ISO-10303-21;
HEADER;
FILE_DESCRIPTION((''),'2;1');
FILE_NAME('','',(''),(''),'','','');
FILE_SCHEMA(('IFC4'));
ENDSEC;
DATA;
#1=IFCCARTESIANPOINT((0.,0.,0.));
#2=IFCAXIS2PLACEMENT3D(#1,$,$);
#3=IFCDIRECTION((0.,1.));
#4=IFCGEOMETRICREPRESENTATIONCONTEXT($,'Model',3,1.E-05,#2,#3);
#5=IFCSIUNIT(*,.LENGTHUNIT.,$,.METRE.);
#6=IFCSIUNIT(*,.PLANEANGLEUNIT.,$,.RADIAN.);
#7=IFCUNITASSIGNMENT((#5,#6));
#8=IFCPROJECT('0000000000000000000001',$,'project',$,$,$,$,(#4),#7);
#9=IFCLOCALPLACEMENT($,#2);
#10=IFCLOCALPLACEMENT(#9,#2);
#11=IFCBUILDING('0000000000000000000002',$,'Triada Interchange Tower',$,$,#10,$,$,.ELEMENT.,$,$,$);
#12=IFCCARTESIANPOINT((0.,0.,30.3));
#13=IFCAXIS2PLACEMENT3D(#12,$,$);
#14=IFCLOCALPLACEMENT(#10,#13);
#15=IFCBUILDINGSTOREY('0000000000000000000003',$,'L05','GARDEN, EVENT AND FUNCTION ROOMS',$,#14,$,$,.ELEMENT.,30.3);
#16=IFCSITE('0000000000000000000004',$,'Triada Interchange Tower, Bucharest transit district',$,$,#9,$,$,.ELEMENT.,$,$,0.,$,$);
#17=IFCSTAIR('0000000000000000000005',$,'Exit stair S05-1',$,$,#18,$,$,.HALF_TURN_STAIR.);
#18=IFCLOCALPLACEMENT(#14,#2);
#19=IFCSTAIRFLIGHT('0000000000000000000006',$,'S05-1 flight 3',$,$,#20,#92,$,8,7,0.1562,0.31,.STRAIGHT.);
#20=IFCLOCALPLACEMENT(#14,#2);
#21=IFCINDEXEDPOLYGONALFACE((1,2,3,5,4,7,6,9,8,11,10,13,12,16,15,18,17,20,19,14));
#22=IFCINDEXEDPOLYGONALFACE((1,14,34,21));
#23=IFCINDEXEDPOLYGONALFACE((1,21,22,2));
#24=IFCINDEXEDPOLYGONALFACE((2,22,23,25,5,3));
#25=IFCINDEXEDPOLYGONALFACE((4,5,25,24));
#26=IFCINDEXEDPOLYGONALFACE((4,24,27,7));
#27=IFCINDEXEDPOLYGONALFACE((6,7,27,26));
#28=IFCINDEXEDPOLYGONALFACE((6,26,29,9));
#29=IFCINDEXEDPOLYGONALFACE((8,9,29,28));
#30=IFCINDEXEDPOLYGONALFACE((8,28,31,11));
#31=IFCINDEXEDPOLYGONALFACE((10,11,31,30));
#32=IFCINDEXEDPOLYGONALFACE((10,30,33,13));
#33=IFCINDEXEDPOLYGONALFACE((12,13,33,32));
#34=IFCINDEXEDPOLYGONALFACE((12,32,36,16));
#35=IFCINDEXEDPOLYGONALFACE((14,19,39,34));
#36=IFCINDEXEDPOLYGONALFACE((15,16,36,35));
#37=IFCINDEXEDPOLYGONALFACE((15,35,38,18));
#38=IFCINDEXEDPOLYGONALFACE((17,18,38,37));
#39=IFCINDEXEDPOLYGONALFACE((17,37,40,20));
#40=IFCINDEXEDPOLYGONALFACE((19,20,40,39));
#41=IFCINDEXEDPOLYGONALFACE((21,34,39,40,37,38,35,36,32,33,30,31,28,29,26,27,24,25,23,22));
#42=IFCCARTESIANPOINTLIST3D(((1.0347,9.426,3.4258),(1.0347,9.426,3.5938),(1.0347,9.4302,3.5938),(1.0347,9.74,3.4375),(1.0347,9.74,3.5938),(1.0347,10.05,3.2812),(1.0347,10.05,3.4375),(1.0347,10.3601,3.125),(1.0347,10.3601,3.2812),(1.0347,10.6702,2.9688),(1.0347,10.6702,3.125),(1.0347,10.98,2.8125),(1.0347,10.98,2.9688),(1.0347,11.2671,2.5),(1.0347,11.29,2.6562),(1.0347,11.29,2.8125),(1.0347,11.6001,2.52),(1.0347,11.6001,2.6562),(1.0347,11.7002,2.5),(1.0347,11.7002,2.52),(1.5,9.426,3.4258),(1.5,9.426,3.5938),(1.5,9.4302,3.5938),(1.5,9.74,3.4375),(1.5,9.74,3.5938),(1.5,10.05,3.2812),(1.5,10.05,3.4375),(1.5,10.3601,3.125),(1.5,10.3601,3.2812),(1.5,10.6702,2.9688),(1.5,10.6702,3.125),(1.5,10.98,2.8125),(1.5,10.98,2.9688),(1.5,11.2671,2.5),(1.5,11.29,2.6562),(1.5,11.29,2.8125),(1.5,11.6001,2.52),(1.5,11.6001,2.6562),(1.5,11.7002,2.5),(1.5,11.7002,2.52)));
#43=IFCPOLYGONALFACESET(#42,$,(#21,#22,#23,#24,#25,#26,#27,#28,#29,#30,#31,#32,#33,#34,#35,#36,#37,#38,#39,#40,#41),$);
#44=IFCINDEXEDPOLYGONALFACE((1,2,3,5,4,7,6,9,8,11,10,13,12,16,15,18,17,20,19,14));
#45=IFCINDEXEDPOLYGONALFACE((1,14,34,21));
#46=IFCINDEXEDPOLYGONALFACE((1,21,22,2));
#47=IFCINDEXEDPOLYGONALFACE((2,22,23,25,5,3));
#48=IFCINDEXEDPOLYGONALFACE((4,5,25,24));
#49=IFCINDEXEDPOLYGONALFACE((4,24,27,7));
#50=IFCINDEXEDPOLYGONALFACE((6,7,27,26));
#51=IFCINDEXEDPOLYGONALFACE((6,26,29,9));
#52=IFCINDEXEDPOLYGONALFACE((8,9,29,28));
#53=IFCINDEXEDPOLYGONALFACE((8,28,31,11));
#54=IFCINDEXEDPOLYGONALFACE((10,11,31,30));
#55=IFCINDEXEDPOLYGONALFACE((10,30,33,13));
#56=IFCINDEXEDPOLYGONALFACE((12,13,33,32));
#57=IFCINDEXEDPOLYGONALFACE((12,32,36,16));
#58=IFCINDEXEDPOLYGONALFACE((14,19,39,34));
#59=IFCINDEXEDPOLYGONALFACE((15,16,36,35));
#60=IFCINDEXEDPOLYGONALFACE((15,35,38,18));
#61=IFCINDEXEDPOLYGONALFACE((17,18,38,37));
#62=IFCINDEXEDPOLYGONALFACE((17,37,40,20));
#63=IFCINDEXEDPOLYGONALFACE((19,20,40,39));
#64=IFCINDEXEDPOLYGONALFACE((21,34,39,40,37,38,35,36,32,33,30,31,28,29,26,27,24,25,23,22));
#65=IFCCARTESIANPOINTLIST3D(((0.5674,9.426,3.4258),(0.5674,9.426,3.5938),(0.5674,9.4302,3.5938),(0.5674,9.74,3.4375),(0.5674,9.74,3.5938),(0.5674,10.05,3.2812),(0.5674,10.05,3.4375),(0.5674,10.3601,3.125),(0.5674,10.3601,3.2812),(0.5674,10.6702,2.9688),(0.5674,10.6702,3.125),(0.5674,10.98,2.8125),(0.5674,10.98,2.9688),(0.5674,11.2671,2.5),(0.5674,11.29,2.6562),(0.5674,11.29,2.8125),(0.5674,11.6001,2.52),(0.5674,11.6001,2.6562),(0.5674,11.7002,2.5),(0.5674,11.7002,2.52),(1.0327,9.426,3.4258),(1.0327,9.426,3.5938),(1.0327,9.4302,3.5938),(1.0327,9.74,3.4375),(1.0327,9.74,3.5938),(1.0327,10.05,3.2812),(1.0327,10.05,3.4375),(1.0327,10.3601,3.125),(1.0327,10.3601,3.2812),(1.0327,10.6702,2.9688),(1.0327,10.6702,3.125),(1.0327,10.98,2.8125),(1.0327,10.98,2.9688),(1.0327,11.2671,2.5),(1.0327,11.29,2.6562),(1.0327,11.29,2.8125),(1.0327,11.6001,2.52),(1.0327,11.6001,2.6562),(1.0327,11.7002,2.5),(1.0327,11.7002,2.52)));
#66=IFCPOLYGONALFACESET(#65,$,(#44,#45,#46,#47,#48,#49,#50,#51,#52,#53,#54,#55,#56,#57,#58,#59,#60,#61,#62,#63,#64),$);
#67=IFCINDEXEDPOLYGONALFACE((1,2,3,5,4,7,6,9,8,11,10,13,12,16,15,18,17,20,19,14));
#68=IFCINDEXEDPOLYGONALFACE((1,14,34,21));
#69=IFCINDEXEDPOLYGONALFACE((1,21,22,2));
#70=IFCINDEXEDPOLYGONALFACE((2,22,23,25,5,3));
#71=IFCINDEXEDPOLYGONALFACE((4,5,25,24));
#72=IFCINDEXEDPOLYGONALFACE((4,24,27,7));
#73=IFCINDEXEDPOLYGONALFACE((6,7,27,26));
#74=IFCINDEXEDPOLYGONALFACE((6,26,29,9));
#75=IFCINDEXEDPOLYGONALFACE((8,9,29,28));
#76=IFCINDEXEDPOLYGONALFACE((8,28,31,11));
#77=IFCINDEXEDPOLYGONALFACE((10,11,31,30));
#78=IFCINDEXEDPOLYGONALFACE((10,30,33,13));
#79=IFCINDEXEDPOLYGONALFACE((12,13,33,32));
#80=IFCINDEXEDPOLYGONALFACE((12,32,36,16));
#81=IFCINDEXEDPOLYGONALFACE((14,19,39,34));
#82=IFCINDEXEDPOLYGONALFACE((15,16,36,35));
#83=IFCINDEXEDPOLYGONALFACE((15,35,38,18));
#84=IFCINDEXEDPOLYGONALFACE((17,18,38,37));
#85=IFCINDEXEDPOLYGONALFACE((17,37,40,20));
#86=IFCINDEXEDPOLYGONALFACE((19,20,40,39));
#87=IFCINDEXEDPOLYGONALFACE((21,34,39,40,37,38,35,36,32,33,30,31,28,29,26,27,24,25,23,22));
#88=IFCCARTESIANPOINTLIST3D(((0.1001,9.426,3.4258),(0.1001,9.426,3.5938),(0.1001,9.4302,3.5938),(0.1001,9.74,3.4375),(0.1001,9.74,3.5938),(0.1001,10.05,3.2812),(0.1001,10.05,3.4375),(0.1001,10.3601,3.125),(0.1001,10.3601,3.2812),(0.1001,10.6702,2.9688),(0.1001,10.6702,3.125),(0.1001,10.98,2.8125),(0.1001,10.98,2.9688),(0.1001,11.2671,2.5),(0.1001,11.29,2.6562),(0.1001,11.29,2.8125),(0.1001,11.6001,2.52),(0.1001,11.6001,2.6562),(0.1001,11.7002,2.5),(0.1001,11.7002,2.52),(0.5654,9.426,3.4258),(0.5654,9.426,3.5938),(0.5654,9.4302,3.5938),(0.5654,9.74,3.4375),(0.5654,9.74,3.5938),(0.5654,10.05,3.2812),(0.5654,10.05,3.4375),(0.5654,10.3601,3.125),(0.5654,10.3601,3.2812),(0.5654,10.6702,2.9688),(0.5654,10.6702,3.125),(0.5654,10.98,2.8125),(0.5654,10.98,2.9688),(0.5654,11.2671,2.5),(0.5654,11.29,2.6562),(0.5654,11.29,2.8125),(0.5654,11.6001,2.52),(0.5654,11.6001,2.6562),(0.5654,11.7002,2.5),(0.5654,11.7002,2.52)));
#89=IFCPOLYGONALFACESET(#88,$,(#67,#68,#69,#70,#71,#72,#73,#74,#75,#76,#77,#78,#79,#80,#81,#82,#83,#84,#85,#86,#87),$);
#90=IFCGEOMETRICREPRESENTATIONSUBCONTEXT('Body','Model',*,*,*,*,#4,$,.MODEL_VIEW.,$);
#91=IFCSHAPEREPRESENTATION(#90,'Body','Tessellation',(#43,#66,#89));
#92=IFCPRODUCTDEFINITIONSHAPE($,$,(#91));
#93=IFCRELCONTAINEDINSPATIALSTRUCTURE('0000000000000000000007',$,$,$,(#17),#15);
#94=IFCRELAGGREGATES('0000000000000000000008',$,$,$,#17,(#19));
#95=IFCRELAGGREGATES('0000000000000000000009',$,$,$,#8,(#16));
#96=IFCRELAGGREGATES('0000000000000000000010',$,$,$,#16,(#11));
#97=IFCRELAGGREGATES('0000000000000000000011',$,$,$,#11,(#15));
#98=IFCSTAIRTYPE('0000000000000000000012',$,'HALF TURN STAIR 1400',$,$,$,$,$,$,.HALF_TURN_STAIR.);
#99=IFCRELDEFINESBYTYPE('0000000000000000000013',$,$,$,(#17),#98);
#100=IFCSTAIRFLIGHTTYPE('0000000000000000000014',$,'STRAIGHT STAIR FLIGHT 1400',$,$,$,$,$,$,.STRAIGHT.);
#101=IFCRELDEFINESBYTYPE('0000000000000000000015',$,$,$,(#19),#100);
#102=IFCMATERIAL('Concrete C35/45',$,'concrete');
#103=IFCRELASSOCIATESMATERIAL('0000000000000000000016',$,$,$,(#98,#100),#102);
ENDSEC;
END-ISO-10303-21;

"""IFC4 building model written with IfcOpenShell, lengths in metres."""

from ifc_helpers import new_model, si_unit, direction, frame, origin, place, context, subcontext, project, spatial, polyline, outline, extrude, material, type_object, element, aggregate, save


model = new_model("IFC4")

# Units and contexts
model_context = context("Model", 3, precision=1e-05, world=origin(), true_north=direction((0.0, 1.0)))
body_context = subcontext(model_context, "Body", "Model", "MODEL_VIEW")
ifc_project = project(units=[si_unit("LENGTHUNIT", "METRE"), si_unit("PLANEANGLEUNIT", "RADIAN")], contexts=[model_context])

# Site, building, storey
site_placement = place(None, origin())
site = spatial("IfcSite", under=ifc_project, at=site_placement, Name="Triada Interchange Tower, Bucharest transit district", CompositionType="ELEMENT", RefElevation=0.0)
building_placement = place(site_placement, origin())
building = spatial("IfcBuilding", under=site, at=building_placement, Name="Triada Interchange Tower", CompositionType="ELEMENT")
storey_placement = place(building_placement, frame((0.0, 0.0, 30.3)))
storey = spatial("IfcBuildingStorey", under=building, at=storey_placement, Name="L05", Description="GARDEN, EVENT AND FUNCTION ROOMS", CompositionType="ELEMENT", Elevation=30.3)

# Shared definitions
ifc_material_1 = material(Name="Concrete C35/45", Category="concrete")

# Stair, stair flight
stair_type = type_object("IfcStairType", Name="HALF TURN STAIR 1400", PredefinedType="HALF_TURN_STAIR", material=ifc_material_1)
stair_placement = place(storey_placement, origin())
stair = element("IfcStair", 1, at=stair_placement, inside=storey, type_object=stair_type, Name="Exit stair S05-1", PredefinedType="HALF_TURN_STAIR")
stair_flight_type = type_object("IfcStairFlightType", Name="STRAIGHT STAIR FLIGHT 1400", PredefinedType="STRAIGHT", material=ifc_material_1)
stair_flight_1_placement = place(storey_placement, frame((0.8, 11.6001, 2.5), z_axis=(0.0, 0.0, 1.0), x_axis=(0.0, -1.0, 0.0)))
stair_flight_1 = element("IfcStairFlight", 2, at=stair_flight_1_placement, type_object=stair_flight_type, Name="S05-1 flight 3", NumberOfRisers=8, NumberOfTreads=7, PredefinedType="STRAIGHT", RiserHeight=0.1562, TreadLength=0.31, context=body_context, shape_type="SweptSolid", body=[
    extrude(outline(polyline([(-0.1001, 0.0), (-0.1001, 0.02), (0.0, 0.02), (0.0, 0.1562), (0.3101, 0.1562), (0.3101, 0.3125), (0.6201, 0.3125), (0.6201, 0.4688), (0.9299, 0.4688), (0.9299, 0.625), (1.24, 0.625), (1.24, 0.7812), (1.55, 0.7812), (1.55, 0.9375), (1.8601, 0.9375), (1.8601, 1.0938), (2.1699, 1.0938), (2.1741, 1.0938), (2.1741, 1.25), (2.1741, 0.9258), (0.333, 0.0), (-0.1001, 0.0)])), frame((0.0, 0.7, 0.0), z_axis=(0.0, -1.0, 0.0), x_axis=(1.0, 0.0, 0.0)), (0.0, 0.0, 1.0), 0.4653),
    extrude(outline(polyline([(-0.1001, 0.0), (-0.1001, 0.02), (0.0, 0.02), (0.0, 0.1562), (0.3101, 0.1562), (0.3101, 0.3125), (0.6201, 0.3125), (0.6201, 0.4688), (0.9299, 0.4688), (0.9299, 0.625), (1.24, 0.625), (1.24, 0.7812), (1.55, 0.7812), (1.55, 0.9375), (1.8601, 0.9375), (1.8601, 1.0938), (2.1699, 1.0938), (2.1741, 1.0938), (2.1741, 1.25), (2.1741, 0.9258), (0.333, 0.0), (-0.1001, 0.0)])), frame((0.0, 0.2327, 0.0), z_axis=(0.0, -1.0, 0.0), x_axis=(1.0, 0.0, 0.0)), (0.0, 0.0, 1.0), 0.4653),
    extrude(outline(polyline([(-0.1001, 0.0), (-0.1001, 0.02), (0.0, 0.02), (0.0, 0.1562), (0.3101, 0.1562), (0.3101, 0.3125), (0.6201, 0.3125), (0.6201, 0.4688), (0.9299, 0.4688), (0.9299, 0.625), (1.24, 0.625), (1.24, 0.7812), (1.55, 0.7812), (1.55, 0.9375), (1.8601, 0.9375), (1.8601, 1.0938), (2.1699, 1.0938), (2.1741, 1.0938), (2.1741, 1.25), (2.1741, 0.9258), (0.333, 0.0), (-0.1001, 0.0)])), frame((0.0, -0.2346, 0.0), z_axis=(0.0, -1.0, 0.0), x_axis=(1.0, 0.0, 0.0)), (0.0, 0.0, 1.0), 0.4653),
])
aggregate(stair, [stair_flight_1])

save(model, "model.ifc")
